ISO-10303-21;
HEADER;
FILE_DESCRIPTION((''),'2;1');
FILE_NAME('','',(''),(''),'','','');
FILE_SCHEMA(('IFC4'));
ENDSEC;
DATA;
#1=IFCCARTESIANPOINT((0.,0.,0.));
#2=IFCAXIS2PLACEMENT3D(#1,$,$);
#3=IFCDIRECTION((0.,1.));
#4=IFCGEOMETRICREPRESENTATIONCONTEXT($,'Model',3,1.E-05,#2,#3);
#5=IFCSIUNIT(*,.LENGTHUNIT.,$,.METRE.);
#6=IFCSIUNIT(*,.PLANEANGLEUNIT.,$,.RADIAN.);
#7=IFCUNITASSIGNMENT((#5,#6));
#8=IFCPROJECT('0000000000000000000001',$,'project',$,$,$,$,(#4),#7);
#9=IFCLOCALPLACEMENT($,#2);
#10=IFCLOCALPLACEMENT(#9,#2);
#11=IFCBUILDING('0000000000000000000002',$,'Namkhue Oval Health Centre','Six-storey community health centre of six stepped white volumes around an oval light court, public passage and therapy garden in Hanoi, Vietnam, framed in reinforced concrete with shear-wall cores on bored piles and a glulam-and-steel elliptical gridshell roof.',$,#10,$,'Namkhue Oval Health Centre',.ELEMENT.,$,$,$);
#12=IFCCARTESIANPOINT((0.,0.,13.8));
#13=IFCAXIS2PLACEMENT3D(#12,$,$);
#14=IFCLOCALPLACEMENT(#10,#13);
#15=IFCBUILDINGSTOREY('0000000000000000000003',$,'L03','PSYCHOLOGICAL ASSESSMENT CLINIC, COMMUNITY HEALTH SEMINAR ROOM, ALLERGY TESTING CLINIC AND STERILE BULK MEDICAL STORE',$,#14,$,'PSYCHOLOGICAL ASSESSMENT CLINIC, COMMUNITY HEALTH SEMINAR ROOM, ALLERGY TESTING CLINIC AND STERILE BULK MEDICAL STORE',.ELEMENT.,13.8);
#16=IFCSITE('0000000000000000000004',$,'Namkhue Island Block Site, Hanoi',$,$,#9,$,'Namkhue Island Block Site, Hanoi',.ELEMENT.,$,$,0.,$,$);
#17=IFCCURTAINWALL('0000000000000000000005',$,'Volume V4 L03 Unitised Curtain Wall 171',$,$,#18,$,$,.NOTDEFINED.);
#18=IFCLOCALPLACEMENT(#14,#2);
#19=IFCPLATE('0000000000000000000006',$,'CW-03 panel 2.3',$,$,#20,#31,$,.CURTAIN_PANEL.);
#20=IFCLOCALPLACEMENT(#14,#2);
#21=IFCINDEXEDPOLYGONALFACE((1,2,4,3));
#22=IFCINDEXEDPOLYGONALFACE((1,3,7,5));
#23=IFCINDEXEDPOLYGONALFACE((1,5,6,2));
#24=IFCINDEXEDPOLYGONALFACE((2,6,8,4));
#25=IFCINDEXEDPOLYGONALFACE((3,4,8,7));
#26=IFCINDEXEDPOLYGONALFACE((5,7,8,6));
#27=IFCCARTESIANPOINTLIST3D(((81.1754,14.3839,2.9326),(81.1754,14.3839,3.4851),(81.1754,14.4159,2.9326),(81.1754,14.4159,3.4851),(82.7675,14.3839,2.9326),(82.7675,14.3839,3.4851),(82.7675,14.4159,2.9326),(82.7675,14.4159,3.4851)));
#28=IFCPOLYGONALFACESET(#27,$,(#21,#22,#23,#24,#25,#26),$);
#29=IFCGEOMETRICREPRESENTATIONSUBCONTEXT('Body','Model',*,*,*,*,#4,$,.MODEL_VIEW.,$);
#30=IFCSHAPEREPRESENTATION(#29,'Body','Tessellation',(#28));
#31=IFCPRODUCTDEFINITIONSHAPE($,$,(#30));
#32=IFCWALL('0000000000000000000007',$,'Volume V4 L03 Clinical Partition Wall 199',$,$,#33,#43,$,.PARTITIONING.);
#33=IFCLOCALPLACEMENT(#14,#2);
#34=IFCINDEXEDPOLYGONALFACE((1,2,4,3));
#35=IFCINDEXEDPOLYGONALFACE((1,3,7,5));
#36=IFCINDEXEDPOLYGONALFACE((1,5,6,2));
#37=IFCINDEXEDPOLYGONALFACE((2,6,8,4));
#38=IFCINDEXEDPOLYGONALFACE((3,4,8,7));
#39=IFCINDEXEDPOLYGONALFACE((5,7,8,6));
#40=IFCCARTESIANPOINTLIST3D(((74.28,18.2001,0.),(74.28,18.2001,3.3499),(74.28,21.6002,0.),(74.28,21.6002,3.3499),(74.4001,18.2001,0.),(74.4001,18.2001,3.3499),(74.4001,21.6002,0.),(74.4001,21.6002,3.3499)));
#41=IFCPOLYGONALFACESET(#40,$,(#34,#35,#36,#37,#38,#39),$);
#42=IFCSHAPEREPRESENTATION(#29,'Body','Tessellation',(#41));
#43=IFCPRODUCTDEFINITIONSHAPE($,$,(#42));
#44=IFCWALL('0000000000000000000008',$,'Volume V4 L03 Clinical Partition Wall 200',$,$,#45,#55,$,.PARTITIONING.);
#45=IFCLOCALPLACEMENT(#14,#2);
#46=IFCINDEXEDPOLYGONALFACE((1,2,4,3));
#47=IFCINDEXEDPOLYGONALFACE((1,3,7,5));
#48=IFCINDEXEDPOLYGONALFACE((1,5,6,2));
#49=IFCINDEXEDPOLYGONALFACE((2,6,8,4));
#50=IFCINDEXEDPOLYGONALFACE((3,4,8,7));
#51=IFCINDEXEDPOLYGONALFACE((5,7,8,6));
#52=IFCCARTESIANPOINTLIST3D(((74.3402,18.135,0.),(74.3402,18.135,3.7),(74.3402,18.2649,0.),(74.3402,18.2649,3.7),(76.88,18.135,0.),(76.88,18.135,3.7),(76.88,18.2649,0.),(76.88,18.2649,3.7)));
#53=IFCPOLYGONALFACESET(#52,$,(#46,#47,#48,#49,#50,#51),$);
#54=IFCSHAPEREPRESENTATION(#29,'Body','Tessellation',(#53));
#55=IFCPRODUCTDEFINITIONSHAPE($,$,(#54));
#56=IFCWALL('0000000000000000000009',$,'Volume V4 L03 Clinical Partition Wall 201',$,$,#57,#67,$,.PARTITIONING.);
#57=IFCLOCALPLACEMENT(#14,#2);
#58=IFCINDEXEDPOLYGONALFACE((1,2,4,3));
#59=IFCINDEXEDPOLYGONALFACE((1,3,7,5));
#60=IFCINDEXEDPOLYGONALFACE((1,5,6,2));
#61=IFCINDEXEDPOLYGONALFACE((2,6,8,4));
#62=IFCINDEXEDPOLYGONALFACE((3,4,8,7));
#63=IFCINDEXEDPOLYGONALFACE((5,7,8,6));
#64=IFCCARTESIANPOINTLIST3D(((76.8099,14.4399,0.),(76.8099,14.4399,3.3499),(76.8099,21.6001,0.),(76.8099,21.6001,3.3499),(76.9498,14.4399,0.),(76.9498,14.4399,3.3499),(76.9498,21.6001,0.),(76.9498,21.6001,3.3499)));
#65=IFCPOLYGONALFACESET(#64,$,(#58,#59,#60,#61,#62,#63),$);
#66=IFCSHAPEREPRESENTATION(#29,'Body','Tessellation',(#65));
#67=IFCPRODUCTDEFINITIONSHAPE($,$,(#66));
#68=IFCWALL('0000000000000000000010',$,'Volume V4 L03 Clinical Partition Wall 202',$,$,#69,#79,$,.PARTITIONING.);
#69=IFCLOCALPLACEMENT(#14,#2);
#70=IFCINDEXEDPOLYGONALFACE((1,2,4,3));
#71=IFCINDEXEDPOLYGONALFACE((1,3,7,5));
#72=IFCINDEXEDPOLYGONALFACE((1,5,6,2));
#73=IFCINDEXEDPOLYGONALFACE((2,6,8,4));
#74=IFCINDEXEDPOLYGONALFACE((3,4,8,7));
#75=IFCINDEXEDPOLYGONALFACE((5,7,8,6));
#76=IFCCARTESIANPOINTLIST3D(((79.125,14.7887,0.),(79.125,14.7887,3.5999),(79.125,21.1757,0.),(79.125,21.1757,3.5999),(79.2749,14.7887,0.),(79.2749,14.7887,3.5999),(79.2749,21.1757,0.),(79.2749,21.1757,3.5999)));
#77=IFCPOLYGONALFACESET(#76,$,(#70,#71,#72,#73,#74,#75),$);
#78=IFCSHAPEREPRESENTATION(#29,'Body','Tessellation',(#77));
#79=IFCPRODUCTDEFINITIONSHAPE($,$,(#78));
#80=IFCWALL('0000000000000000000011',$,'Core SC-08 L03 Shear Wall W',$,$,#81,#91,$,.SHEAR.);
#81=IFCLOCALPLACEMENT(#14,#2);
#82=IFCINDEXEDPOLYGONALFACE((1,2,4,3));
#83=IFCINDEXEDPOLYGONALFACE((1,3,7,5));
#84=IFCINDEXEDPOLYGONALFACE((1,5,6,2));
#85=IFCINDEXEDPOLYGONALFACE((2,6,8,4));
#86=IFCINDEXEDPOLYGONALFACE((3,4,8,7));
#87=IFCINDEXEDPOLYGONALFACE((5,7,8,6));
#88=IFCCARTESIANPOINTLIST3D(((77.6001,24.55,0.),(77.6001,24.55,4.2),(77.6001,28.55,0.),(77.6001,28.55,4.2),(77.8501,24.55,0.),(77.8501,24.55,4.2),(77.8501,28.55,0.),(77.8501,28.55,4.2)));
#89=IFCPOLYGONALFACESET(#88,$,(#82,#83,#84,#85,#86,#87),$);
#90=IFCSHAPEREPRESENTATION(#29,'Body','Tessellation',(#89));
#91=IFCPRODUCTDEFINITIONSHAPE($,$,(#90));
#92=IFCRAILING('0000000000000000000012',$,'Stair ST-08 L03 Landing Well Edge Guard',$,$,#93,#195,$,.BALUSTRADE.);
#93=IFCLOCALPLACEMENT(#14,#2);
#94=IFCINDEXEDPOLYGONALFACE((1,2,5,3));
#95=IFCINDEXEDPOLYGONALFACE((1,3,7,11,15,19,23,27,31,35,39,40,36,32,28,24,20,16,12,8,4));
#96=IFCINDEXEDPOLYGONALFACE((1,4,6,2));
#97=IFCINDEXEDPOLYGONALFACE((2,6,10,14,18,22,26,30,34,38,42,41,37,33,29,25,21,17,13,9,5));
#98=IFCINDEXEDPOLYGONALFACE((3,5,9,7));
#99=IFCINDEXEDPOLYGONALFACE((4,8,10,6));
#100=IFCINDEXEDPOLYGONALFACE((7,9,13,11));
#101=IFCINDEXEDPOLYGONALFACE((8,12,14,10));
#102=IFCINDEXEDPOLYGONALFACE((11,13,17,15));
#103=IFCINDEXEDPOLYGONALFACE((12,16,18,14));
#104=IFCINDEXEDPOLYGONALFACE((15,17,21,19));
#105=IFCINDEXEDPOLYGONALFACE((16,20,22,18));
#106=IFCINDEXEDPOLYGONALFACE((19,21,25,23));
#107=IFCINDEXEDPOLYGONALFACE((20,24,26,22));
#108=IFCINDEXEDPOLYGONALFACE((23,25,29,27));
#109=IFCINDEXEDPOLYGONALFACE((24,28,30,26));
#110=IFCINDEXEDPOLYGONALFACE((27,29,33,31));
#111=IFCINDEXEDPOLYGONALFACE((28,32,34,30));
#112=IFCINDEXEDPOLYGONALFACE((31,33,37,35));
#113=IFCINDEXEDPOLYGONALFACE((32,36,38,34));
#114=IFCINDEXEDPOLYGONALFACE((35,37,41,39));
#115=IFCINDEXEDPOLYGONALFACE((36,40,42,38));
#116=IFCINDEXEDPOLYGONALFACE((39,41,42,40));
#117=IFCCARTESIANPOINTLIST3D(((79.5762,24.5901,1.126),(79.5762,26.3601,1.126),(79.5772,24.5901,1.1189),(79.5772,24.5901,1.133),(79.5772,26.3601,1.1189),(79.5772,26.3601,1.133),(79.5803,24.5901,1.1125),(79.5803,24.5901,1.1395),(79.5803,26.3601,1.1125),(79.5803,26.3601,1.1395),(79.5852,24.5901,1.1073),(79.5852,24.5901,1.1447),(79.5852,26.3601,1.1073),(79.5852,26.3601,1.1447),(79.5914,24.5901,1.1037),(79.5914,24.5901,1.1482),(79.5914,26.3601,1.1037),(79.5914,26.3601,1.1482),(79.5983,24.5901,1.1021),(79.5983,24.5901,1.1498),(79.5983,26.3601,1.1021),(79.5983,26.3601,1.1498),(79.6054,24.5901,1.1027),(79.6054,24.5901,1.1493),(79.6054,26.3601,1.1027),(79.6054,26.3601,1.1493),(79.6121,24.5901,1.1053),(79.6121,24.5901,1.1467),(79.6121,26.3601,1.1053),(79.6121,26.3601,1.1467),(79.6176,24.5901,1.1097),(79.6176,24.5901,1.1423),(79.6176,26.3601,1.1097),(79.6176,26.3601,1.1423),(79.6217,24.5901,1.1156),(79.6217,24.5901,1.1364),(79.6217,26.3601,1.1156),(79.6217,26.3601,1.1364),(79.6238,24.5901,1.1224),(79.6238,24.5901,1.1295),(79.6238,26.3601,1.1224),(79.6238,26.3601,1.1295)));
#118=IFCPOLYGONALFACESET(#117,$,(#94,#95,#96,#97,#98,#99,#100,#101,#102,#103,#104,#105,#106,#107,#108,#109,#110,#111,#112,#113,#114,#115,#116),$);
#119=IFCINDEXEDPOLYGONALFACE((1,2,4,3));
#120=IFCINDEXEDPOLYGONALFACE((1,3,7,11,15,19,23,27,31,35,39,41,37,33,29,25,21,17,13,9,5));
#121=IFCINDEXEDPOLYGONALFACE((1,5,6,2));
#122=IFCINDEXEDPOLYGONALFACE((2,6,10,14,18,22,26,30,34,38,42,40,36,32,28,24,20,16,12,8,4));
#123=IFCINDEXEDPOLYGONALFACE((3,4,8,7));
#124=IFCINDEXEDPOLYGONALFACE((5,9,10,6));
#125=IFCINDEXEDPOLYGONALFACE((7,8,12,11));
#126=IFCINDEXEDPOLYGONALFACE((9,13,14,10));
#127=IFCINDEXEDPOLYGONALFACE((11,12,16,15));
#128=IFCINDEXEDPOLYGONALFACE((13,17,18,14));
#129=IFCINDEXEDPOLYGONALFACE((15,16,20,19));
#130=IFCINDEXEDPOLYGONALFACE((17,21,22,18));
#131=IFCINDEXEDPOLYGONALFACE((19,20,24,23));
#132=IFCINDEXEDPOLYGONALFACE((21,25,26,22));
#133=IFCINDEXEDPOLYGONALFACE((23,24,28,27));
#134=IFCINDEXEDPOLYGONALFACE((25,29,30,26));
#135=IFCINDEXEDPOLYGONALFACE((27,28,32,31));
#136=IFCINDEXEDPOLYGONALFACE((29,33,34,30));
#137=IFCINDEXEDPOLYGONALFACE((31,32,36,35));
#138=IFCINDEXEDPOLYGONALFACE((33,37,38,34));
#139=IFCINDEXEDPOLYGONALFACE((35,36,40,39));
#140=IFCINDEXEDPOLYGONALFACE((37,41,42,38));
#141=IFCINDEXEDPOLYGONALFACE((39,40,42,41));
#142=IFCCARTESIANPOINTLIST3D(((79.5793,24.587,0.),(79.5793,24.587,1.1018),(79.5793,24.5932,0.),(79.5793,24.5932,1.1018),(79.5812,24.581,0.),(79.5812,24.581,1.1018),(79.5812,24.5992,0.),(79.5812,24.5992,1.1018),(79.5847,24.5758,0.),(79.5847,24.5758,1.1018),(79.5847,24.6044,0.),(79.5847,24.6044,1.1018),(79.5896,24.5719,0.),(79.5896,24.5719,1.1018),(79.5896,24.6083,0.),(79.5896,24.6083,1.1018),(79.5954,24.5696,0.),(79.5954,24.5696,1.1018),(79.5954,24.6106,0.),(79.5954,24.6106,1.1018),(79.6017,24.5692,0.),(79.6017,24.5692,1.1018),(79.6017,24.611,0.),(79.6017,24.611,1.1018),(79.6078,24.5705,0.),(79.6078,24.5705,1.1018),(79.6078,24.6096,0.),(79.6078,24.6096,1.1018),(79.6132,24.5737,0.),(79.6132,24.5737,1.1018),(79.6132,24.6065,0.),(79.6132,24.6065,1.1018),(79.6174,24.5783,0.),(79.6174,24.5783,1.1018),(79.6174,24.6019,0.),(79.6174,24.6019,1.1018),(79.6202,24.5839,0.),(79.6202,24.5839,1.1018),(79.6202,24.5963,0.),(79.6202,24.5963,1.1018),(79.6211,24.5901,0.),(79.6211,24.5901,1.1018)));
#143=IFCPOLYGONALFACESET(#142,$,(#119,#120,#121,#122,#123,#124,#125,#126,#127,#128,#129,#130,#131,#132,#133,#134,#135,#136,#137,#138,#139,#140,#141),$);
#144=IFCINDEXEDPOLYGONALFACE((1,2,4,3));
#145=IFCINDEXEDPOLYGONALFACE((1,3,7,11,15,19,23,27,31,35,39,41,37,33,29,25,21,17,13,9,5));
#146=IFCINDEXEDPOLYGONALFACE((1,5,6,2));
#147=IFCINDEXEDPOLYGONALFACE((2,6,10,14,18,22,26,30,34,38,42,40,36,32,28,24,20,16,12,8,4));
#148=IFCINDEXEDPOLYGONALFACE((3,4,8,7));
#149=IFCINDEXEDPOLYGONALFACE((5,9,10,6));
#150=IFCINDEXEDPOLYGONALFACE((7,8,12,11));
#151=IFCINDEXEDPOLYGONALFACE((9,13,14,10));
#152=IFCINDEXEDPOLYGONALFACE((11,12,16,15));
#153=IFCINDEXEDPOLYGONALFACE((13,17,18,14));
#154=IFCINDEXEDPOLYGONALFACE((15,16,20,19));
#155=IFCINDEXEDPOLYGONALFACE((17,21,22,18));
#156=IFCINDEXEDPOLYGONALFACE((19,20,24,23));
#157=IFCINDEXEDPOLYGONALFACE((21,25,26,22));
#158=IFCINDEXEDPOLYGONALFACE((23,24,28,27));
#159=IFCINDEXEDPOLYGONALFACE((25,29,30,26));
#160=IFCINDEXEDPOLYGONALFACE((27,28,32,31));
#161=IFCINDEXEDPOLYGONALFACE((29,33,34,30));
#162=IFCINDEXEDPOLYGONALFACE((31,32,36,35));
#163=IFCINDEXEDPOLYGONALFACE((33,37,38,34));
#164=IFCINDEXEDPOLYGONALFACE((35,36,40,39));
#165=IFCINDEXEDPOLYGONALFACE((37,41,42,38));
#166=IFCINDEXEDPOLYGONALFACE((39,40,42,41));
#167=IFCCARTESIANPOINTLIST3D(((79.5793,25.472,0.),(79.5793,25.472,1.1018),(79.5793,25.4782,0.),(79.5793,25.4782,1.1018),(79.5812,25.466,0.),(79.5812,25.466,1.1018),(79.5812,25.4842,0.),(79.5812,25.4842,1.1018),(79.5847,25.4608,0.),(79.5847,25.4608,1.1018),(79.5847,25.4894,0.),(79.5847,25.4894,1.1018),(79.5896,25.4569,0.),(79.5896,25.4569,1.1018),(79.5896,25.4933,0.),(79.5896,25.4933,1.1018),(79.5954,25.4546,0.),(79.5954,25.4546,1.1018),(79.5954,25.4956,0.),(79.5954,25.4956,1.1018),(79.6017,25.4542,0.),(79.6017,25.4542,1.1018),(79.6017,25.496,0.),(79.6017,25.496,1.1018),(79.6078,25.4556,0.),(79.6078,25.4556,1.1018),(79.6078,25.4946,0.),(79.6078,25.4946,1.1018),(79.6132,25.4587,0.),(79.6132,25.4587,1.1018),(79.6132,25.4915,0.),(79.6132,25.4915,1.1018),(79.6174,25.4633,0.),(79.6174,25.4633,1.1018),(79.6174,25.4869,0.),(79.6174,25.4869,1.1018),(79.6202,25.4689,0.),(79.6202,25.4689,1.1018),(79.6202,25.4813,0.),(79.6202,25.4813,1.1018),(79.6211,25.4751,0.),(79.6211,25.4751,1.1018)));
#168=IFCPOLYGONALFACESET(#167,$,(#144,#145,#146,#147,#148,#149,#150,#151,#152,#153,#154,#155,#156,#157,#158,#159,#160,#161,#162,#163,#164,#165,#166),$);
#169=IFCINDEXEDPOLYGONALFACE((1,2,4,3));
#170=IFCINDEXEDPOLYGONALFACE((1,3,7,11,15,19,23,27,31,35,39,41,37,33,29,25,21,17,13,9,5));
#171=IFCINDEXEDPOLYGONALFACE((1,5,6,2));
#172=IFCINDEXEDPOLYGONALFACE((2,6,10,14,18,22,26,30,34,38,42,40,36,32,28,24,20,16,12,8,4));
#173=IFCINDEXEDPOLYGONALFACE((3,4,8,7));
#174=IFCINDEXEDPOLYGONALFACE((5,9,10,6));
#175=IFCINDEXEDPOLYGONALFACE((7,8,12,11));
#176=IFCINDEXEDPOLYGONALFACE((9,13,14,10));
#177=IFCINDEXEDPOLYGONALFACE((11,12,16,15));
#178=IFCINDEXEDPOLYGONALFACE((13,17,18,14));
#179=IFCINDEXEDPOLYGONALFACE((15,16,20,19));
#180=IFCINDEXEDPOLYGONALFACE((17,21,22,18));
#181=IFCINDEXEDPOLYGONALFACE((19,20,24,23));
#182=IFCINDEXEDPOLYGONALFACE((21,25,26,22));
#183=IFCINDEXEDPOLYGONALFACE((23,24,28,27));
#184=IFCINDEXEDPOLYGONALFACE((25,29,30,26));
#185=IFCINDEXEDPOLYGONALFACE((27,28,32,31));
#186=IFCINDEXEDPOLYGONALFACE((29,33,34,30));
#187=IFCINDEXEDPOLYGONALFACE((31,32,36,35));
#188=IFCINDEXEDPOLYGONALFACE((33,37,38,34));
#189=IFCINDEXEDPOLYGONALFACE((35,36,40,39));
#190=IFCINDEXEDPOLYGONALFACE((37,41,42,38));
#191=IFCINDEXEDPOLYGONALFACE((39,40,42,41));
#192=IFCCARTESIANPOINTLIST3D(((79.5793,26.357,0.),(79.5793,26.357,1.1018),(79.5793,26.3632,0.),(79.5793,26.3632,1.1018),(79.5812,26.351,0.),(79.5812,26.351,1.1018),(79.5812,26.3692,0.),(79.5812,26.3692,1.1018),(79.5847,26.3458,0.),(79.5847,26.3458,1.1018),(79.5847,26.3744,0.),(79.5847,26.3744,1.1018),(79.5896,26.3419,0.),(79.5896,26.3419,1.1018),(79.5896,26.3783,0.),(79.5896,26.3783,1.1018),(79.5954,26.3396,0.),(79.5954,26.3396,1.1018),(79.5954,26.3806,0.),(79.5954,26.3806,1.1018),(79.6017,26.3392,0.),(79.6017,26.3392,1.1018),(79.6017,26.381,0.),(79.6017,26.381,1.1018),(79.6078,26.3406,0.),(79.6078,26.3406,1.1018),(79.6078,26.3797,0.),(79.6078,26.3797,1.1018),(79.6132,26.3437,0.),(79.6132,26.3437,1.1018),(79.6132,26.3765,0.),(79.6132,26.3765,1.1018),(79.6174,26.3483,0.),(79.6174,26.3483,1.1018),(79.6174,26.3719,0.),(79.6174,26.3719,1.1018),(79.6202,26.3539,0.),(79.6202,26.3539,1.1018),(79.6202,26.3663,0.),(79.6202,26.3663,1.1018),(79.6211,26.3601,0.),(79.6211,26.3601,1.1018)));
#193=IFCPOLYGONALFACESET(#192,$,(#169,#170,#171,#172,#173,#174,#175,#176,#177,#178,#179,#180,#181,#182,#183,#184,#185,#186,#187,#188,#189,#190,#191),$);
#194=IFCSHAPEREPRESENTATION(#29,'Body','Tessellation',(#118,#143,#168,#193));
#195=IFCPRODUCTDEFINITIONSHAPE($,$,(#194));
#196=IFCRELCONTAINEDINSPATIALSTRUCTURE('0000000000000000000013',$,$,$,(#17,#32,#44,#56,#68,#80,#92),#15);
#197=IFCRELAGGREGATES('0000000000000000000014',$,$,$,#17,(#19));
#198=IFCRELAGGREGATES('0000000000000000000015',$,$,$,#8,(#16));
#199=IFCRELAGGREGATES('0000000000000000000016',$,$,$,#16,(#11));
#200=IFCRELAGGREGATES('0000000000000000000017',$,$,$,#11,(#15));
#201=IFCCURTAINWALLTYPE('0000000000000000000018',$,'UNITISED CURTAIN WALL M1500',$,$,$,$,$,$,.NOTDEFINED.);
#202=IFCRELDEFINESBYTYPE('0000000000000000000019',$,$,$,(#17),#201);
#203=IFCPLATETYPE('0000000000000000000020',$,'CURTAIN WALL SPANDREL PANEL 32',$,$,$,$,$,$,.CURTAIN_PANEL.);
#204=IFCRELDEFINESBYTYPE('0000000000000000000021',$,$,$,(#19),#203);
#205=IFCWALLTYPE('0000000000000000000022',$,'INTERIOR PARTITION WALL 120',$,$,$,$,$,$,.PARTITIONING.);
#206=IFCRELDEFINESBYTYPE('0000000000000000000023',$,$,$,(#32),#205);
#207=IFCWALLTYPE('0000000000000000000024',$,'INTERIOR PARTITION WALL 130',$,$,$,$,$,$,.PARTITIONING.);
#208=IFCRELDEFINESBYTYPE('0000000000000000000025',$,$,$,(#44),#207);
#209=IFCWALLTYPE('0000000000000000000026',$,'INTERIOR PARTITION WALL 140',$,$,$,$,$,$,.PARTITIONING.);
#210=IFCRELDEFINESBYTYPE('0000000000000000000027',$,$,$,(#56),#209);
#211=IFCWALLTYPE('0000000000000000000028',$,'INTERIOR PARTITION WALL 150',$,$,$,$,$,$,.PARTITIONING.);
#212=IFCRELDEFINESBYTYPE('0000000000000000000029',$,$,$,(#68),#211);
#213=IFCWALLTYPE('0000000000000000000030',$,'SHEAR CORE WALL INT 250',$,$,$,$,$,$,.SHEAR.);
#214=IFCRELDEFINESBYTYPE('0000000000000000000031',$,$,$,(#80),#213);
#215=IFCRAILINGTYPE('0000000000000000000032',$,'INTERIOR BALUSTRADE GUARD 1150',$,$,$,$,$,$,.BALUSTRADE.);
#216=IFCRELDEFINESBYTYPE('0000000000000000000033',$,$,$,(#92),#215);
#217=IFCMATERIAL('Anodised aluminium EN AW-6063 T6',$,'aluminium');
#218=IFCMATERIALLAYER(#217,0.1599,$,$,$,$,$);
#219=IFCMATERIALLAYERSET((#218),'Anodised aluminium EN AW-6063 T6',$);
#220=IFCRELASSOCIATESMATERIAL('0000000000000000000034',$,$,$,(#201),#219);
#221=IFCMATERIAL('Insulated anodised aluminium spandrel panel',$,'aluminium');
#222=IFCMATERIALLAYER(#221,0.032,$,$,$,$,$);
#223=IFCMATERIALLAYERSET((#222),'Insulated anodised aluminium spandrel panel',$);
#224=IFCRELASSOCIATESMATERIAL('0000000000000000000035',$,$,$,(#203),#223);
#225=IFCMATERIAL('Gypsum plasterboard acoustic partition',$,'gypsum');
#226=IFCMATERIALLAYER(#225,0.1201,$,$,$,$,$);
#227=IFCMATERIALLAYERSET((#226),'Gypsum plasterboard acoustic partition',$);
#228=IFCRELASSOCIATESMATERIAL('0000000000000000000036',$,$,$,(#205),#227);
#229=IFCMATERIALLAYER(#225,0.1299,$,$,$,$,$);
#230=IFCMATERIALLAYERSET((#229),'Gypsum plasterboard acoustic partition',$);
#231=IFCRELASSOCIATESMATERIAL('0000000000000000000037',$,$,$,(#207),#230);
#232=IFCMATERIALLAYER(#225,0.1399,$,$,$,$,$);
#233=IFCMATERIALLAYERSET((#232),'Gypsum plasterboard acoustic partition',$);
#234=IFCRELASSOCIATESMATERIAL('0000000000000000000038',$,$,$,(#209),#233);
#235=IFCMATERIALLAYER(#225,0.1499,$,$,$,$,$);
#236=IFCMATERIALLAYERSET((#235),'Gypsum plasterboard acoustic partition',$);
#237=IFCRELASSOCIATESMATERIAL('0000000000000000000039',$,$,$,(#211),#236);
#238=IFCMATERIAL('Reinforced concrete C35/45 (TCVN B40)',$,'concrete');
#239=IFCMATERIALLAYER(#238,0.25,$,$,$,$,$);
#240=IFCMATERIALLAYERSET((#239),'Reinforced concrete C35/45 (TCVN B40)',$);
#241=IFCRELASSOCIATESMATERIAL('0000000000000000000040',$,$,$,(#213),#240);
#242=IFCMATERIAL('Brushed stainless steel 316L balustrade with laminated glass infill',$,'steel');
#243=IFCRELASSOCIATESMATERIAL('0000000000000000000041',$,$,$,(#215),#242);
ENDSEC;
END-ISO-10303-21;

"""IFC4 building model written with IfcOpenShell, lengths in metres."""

from ifc_helpers import new_model, si_unit, direction, frame, frame_2d, origin, origin_2d, place, context, subcontext, project, spatial, rectangle, circle, extrude, material, layer, layer_set, type_object, element, aggregate, save


model = new_model("IFC4")

# Units and contexts
model_context = context("Model", 3, precision=1e-05, world=origin(), true_north=direction((0.0, 1.0)))
body_context = subcontext(model_context, "Body", "Model", "MODEL_VIEW")
ifc_project = project(units=[si_unit("LENGTHUNIT", "METRE"), si_unit("PLANEANGLEUNIT", "RADIAN")], contexts=[model_context])

# Site, building, storey
site_placement = place(None, origin())
site = spatial("IfcSite", under=ifc_project, at=site_placement, Name="Namkhue Island Block Site, Hanoi", LongName="Namkhue Island Block Site, Hanoi", CompositionType="ELEMENT", RefElevation=0.0)
building_placement = place(site_placement, origin())
building = spatial("IfcBuilding", under=site, at=building_placement, Name="Namkhue Oval Health Centre", Description="Six-storey community health centre of six stepped white volumes around an oval light court, public passage and therapy garden in Hanoi, Vietnam, framed in reinforced concrete with shear-wall cores on bored piles and a glulam-and-steel elliptical gridshell roof.", LongName="Namkhue Oval Health Centre", CompositionType="ELEMENT")
storey_placement = place(building_placement, frame((0.0, 0.0, 13.8)))
storey = spatial("IfcBuildingStorey", under=building, at=storey_placement, Name="L03", Description="PSYCHOLOGICAL ASSESSMENT CLINIC, COMMUNITY HEALTH SEMINAR ROOM, ALLERGY TESTING CLINIC AND STERILE BULK MEDICAL STORE", LongName="PSYCHOLOGICAL ASSESSMENT CLINIC, COMMUNITY HEALTH SEMINAR ROOM, ALLERGY TESTING CLINIC AND STERILE BULK MEDICAL STORE", CompositionType="ELEMENT", Elevation=13.8)

# Shared definitions
ifc_material_1 = material(Name="Reinforced concrete C35/45 (TCVN B40)", Category="concrete")

# Shared definitions
ifc_material_2 = material(Name="Anodised aluminium EN AW-6063 T6", Category="aluminium")

# Curtain wall, plate
ifc_layer_1 = layer(ifc_material_2, 0.1599)
ifc_layer_set_1 = layer_set([ifc_layer_1], Name="Anodised aluminium EN AW-6063 T6")
curtain_wall_type_1 = type_object("IfcCurtainWallType", Name="UNITISED CURTAIN WALL M1500", PredefinedType="NOTDEFINED", material=ifc_layer_set_1)
curtain_wall_1_placement = place(storey_placement, origin())
curtain_wall_1 = element("IfcCurtainWall", 1, at=curtain_wall_1_placement, inside=storey, type_object=curtain_wall_type_1, Name="Volume V4 L03 Unitised Curtain Wall 171", PredefinedType="NOTDEFINED")
ifc_material_3 = material(Name="Insulated anodised aluminium spandrel panel", Category="aluminium")
ifc_layer_2 = layer(ifc_material_3, 0.032)
ifc_layer_set_2 = layer_set([ifc_layer_2], Name="Insulated anodised aluminium spandrel panel")
plate_type_1 = type_object("IfcPlateType", Name="CURTAIN WALL SPANDREL PANEL 32", PredefinedType="CURTAIN_PANEL", material=ifc_layer_set_2)
plate_1_placement = place(storey_placement, frame((81.9714, 14.3999, 2.9326), z_axis=(0.0, 0.0, 1.0), x_axis=(1.0, 0.0, 0.0)))
plate_1 = element("IfcPlate", 2, at=plate_1_placement, type_object=plate_type_1, Name="CW-03 panel 2.3", PredefinedType="CURTAIN_PANEL", context=body_context, shape_type="SweptSolid", body=[
    extrude(rectangle(XDim=1.592, YDim=0.032, at=origin_2d()), origin(), (0.0, 0.0, 1.0), 0.5525),
])
aggregate(curtain_wall_1, [plate_1])

# Walls
ifc_material_4 = material(Name="Gypsum plasterboard acoustic partition", Category="gypsum")
ifc_layer_3 = layer(ifc_material_4, 0.1201)
ifc_layer_set_3 = layer_set([ifc_layer_3], Name="Gypsum plasterboard acoustic partition")
wall_type_1 = type_object("IfcWallType", Name="INTERIOR PARTITION WALL 120", PredefinedType="PARTITIONING", material=ifc_layer_set_3)
wall_1_placement = place(storey_placement, frame((74.3401, 18.2, 0.0), z_axis=(0.0, 0.0, 1.0), x_axis=(0.0, 1.0, 0.0)))
element("IfcWall", 3, at=wall_1_placement, inside=storey, type_object=wall_type_1, Name="Volume V4 L03 Clinical Partition Wall 199", PredefinedType="PARTITIONING", context=body_context, shape_type="SweptSolid", body=[
    extrude(rectangle(XDim=3.4001, YDim=0.1201, at=frame_2d((1.7002, 0.0))), origin(), (0.0, 0.0, 1.0), 3.3499),
])
ifc_layer_4 = layer(ifc_material_4, 0.1299)
ifc_layer_set_4 = layer_set([ifc_layer_4], Name="Gypsum plasterboard acoustic partition")
wall_type_2 = type_object("IfcWallType", Name="INTERIOR PARTITION WALL 130", PredefinedType="PARTITIONING", material=ifc_layer_set_4)
wall_2_placement = place(storey_placement, frame((74.3401, 18.2, 0.0), z_axis=(0.0, 0.0, 1.0), x_axis=(1.0, 0.0, 0.0)))
element("IfcWall", 4, at=wall_2_placement, inside=storey, type_object=wall_type_2, Name="Volume V4 L03 Clinical Partition Wall 200", PredefinedType="PARTITIONING", context=body_context, shape_type="SweptSolid", body=[
    extrude(rectangle(XDim=2.5398, YDim=0.1299, at=frame_2d((1.27, 0.0))), origin(), (0.0, 0.0, 1.0), 3.7),
])
ifc_layer_5 = layer(ifc_material_4, 0.1399)
ifc_layer_set_5 = layer_set([ifc_layer_5], Name="Gypsum plasterboard acoustic partition")
wall_type_3 = type_object("IfcWallType", Name="INTERIOR PARTITION WALL 140", PredefinedType="PARTITIONING", material=ifc_layer_set_5)
wall_3_placement = place(storey_placement, frame((76.8799, 14.4399, 0.0), z_axis=(0.0, 0.0, 1.0), x_axis=(0.0, 1.0, 0.0)))
element("IfcWall", 5, at=wall_3_placement, inside=storey, type_object=wall_type_3, Name="Volume V4 L03 Clinical Partition Wall 201", PredefinedType="PARTITIONING", context=body_context, shape_type="SweptSolid", body=[
    extrude(rectangle(XDim=7.1602, YDim=0.1399, at=frame_2d((3.5801, 0.0))), origin(), (0.0, 0.0, 1.0), 3.3499),
])
ifc_layer_6 = layer(ifc_material_4, 0.1499)
ifc_layer_set_6 = layer_set([ifc_layer_6], Name="Gypsum plasterboard acoustic partition")
wall_type_4 = type_object("IfcWallType", Name="INTERIOR PARTITION WALL 150", PredefinedType="PARTITIONING", material=ifc_layer_set_6)
wall_4_placement = place(storey_placement, frame((79.2, 14.7888, 0.0), z_axis=(0.0, 0.0, 1.0), x_axis=(0.0, 1.0, 0.0)))
element("IfcWall", 6, at=wall_4_placement, inside=storey, type_object=wall_type_4, Name="Volume V4 L03 Clinical Partition Wall 202", PredefinedType="PARTITIONING", context=body_context, shape_type="SweptSolid", body=[
    extrude(rectangle(XDim=6.387, YDim=0.1499, at=frame_2d((3.1934, 0.0))), origin(), (0.0, 0.0, 1.0), 3.5999),
])

# Shared definitions
ifc_layer_7 = layer(ifc_material_1, 0.25)
ifc_layer_set_7 = layer_set([ifc_layer_7], Name="Reinforced concrete C35/45 (TCVN B40)")
wall_type_5 = type_object("IfcWallType", Name="SHEAR CORE WALL INT 250", PredefinedType="SHEAR", material=ifc_layer_set_7)

# Wall
wall_5_placement = place(storey_placement, frame((77.7251, 28.55, 0.0), z_axis=(0.0, 0.0, 1.0), x_axis=(0.0, -1.0, 0.0)))
element("IfcWall", 7, at=wall_5_placement, inside=storey, type_object=wall_type_5, Name="Core SC-08 L03 Shear Wall W", PredefinedType="SHEAR", context=body_context, shape_type="SweptSolid", body=[
    extrude(rectangle(XDim=4.0, YDim=0.25, at=frame_2d((2.0, 0.0))), origin(), (0.0, 0.0, 1.0), 4.2),
])

# Railing
ifc_material_5 = material(Name="Brushed stainless steel 316L balustrade with laminated glass infill", Category="steel")
railing_type = type_object("IfcRailingType", Name="INTERIOR BALUSTRADE GUARD 1150", PredefinedType="BALUSTRADE", material=ifc_material_5)
railing_placement = place(storey_placement, frame((79.6001, 24.5901, 0.0)))
element("IfcRailing", 8, at=railing_placement, inside=storey, type_object=railing_type, Name="Stair ST-08 L03 Landing Well Edge Guard", PredefinedType="BALUSTRADE", context=body_context, shape_type="SweptSolid", body=[
    extrude(circle(Radius=0.0239, at=origin_2d()), frame((0.0, 0.0, 1.126), z_axis=(0.0, 1.0, 0.0), x_axis=(-1.0, 0.0, 0.0)), (0.0, 0.0, 1.0), 1.77),
    extrude(circle(Radius=0.021, at=origin_2d()), origin(), (0.0, 0.0, 1.0), 1.1018),
    extrude(circle(Radius=0.021, at=origin_2d()), frame((0.0, 0.885, 0.0)), (0.0, 0.0, 1.0), 1.1018),
    extrude(circle(Radius=0.021, at=origin_2d()), frame((0.0, 1.77, 0.0)), (0.0, 0.0, 1.0), 1.1018),
])

save(model, "model.ifc")
